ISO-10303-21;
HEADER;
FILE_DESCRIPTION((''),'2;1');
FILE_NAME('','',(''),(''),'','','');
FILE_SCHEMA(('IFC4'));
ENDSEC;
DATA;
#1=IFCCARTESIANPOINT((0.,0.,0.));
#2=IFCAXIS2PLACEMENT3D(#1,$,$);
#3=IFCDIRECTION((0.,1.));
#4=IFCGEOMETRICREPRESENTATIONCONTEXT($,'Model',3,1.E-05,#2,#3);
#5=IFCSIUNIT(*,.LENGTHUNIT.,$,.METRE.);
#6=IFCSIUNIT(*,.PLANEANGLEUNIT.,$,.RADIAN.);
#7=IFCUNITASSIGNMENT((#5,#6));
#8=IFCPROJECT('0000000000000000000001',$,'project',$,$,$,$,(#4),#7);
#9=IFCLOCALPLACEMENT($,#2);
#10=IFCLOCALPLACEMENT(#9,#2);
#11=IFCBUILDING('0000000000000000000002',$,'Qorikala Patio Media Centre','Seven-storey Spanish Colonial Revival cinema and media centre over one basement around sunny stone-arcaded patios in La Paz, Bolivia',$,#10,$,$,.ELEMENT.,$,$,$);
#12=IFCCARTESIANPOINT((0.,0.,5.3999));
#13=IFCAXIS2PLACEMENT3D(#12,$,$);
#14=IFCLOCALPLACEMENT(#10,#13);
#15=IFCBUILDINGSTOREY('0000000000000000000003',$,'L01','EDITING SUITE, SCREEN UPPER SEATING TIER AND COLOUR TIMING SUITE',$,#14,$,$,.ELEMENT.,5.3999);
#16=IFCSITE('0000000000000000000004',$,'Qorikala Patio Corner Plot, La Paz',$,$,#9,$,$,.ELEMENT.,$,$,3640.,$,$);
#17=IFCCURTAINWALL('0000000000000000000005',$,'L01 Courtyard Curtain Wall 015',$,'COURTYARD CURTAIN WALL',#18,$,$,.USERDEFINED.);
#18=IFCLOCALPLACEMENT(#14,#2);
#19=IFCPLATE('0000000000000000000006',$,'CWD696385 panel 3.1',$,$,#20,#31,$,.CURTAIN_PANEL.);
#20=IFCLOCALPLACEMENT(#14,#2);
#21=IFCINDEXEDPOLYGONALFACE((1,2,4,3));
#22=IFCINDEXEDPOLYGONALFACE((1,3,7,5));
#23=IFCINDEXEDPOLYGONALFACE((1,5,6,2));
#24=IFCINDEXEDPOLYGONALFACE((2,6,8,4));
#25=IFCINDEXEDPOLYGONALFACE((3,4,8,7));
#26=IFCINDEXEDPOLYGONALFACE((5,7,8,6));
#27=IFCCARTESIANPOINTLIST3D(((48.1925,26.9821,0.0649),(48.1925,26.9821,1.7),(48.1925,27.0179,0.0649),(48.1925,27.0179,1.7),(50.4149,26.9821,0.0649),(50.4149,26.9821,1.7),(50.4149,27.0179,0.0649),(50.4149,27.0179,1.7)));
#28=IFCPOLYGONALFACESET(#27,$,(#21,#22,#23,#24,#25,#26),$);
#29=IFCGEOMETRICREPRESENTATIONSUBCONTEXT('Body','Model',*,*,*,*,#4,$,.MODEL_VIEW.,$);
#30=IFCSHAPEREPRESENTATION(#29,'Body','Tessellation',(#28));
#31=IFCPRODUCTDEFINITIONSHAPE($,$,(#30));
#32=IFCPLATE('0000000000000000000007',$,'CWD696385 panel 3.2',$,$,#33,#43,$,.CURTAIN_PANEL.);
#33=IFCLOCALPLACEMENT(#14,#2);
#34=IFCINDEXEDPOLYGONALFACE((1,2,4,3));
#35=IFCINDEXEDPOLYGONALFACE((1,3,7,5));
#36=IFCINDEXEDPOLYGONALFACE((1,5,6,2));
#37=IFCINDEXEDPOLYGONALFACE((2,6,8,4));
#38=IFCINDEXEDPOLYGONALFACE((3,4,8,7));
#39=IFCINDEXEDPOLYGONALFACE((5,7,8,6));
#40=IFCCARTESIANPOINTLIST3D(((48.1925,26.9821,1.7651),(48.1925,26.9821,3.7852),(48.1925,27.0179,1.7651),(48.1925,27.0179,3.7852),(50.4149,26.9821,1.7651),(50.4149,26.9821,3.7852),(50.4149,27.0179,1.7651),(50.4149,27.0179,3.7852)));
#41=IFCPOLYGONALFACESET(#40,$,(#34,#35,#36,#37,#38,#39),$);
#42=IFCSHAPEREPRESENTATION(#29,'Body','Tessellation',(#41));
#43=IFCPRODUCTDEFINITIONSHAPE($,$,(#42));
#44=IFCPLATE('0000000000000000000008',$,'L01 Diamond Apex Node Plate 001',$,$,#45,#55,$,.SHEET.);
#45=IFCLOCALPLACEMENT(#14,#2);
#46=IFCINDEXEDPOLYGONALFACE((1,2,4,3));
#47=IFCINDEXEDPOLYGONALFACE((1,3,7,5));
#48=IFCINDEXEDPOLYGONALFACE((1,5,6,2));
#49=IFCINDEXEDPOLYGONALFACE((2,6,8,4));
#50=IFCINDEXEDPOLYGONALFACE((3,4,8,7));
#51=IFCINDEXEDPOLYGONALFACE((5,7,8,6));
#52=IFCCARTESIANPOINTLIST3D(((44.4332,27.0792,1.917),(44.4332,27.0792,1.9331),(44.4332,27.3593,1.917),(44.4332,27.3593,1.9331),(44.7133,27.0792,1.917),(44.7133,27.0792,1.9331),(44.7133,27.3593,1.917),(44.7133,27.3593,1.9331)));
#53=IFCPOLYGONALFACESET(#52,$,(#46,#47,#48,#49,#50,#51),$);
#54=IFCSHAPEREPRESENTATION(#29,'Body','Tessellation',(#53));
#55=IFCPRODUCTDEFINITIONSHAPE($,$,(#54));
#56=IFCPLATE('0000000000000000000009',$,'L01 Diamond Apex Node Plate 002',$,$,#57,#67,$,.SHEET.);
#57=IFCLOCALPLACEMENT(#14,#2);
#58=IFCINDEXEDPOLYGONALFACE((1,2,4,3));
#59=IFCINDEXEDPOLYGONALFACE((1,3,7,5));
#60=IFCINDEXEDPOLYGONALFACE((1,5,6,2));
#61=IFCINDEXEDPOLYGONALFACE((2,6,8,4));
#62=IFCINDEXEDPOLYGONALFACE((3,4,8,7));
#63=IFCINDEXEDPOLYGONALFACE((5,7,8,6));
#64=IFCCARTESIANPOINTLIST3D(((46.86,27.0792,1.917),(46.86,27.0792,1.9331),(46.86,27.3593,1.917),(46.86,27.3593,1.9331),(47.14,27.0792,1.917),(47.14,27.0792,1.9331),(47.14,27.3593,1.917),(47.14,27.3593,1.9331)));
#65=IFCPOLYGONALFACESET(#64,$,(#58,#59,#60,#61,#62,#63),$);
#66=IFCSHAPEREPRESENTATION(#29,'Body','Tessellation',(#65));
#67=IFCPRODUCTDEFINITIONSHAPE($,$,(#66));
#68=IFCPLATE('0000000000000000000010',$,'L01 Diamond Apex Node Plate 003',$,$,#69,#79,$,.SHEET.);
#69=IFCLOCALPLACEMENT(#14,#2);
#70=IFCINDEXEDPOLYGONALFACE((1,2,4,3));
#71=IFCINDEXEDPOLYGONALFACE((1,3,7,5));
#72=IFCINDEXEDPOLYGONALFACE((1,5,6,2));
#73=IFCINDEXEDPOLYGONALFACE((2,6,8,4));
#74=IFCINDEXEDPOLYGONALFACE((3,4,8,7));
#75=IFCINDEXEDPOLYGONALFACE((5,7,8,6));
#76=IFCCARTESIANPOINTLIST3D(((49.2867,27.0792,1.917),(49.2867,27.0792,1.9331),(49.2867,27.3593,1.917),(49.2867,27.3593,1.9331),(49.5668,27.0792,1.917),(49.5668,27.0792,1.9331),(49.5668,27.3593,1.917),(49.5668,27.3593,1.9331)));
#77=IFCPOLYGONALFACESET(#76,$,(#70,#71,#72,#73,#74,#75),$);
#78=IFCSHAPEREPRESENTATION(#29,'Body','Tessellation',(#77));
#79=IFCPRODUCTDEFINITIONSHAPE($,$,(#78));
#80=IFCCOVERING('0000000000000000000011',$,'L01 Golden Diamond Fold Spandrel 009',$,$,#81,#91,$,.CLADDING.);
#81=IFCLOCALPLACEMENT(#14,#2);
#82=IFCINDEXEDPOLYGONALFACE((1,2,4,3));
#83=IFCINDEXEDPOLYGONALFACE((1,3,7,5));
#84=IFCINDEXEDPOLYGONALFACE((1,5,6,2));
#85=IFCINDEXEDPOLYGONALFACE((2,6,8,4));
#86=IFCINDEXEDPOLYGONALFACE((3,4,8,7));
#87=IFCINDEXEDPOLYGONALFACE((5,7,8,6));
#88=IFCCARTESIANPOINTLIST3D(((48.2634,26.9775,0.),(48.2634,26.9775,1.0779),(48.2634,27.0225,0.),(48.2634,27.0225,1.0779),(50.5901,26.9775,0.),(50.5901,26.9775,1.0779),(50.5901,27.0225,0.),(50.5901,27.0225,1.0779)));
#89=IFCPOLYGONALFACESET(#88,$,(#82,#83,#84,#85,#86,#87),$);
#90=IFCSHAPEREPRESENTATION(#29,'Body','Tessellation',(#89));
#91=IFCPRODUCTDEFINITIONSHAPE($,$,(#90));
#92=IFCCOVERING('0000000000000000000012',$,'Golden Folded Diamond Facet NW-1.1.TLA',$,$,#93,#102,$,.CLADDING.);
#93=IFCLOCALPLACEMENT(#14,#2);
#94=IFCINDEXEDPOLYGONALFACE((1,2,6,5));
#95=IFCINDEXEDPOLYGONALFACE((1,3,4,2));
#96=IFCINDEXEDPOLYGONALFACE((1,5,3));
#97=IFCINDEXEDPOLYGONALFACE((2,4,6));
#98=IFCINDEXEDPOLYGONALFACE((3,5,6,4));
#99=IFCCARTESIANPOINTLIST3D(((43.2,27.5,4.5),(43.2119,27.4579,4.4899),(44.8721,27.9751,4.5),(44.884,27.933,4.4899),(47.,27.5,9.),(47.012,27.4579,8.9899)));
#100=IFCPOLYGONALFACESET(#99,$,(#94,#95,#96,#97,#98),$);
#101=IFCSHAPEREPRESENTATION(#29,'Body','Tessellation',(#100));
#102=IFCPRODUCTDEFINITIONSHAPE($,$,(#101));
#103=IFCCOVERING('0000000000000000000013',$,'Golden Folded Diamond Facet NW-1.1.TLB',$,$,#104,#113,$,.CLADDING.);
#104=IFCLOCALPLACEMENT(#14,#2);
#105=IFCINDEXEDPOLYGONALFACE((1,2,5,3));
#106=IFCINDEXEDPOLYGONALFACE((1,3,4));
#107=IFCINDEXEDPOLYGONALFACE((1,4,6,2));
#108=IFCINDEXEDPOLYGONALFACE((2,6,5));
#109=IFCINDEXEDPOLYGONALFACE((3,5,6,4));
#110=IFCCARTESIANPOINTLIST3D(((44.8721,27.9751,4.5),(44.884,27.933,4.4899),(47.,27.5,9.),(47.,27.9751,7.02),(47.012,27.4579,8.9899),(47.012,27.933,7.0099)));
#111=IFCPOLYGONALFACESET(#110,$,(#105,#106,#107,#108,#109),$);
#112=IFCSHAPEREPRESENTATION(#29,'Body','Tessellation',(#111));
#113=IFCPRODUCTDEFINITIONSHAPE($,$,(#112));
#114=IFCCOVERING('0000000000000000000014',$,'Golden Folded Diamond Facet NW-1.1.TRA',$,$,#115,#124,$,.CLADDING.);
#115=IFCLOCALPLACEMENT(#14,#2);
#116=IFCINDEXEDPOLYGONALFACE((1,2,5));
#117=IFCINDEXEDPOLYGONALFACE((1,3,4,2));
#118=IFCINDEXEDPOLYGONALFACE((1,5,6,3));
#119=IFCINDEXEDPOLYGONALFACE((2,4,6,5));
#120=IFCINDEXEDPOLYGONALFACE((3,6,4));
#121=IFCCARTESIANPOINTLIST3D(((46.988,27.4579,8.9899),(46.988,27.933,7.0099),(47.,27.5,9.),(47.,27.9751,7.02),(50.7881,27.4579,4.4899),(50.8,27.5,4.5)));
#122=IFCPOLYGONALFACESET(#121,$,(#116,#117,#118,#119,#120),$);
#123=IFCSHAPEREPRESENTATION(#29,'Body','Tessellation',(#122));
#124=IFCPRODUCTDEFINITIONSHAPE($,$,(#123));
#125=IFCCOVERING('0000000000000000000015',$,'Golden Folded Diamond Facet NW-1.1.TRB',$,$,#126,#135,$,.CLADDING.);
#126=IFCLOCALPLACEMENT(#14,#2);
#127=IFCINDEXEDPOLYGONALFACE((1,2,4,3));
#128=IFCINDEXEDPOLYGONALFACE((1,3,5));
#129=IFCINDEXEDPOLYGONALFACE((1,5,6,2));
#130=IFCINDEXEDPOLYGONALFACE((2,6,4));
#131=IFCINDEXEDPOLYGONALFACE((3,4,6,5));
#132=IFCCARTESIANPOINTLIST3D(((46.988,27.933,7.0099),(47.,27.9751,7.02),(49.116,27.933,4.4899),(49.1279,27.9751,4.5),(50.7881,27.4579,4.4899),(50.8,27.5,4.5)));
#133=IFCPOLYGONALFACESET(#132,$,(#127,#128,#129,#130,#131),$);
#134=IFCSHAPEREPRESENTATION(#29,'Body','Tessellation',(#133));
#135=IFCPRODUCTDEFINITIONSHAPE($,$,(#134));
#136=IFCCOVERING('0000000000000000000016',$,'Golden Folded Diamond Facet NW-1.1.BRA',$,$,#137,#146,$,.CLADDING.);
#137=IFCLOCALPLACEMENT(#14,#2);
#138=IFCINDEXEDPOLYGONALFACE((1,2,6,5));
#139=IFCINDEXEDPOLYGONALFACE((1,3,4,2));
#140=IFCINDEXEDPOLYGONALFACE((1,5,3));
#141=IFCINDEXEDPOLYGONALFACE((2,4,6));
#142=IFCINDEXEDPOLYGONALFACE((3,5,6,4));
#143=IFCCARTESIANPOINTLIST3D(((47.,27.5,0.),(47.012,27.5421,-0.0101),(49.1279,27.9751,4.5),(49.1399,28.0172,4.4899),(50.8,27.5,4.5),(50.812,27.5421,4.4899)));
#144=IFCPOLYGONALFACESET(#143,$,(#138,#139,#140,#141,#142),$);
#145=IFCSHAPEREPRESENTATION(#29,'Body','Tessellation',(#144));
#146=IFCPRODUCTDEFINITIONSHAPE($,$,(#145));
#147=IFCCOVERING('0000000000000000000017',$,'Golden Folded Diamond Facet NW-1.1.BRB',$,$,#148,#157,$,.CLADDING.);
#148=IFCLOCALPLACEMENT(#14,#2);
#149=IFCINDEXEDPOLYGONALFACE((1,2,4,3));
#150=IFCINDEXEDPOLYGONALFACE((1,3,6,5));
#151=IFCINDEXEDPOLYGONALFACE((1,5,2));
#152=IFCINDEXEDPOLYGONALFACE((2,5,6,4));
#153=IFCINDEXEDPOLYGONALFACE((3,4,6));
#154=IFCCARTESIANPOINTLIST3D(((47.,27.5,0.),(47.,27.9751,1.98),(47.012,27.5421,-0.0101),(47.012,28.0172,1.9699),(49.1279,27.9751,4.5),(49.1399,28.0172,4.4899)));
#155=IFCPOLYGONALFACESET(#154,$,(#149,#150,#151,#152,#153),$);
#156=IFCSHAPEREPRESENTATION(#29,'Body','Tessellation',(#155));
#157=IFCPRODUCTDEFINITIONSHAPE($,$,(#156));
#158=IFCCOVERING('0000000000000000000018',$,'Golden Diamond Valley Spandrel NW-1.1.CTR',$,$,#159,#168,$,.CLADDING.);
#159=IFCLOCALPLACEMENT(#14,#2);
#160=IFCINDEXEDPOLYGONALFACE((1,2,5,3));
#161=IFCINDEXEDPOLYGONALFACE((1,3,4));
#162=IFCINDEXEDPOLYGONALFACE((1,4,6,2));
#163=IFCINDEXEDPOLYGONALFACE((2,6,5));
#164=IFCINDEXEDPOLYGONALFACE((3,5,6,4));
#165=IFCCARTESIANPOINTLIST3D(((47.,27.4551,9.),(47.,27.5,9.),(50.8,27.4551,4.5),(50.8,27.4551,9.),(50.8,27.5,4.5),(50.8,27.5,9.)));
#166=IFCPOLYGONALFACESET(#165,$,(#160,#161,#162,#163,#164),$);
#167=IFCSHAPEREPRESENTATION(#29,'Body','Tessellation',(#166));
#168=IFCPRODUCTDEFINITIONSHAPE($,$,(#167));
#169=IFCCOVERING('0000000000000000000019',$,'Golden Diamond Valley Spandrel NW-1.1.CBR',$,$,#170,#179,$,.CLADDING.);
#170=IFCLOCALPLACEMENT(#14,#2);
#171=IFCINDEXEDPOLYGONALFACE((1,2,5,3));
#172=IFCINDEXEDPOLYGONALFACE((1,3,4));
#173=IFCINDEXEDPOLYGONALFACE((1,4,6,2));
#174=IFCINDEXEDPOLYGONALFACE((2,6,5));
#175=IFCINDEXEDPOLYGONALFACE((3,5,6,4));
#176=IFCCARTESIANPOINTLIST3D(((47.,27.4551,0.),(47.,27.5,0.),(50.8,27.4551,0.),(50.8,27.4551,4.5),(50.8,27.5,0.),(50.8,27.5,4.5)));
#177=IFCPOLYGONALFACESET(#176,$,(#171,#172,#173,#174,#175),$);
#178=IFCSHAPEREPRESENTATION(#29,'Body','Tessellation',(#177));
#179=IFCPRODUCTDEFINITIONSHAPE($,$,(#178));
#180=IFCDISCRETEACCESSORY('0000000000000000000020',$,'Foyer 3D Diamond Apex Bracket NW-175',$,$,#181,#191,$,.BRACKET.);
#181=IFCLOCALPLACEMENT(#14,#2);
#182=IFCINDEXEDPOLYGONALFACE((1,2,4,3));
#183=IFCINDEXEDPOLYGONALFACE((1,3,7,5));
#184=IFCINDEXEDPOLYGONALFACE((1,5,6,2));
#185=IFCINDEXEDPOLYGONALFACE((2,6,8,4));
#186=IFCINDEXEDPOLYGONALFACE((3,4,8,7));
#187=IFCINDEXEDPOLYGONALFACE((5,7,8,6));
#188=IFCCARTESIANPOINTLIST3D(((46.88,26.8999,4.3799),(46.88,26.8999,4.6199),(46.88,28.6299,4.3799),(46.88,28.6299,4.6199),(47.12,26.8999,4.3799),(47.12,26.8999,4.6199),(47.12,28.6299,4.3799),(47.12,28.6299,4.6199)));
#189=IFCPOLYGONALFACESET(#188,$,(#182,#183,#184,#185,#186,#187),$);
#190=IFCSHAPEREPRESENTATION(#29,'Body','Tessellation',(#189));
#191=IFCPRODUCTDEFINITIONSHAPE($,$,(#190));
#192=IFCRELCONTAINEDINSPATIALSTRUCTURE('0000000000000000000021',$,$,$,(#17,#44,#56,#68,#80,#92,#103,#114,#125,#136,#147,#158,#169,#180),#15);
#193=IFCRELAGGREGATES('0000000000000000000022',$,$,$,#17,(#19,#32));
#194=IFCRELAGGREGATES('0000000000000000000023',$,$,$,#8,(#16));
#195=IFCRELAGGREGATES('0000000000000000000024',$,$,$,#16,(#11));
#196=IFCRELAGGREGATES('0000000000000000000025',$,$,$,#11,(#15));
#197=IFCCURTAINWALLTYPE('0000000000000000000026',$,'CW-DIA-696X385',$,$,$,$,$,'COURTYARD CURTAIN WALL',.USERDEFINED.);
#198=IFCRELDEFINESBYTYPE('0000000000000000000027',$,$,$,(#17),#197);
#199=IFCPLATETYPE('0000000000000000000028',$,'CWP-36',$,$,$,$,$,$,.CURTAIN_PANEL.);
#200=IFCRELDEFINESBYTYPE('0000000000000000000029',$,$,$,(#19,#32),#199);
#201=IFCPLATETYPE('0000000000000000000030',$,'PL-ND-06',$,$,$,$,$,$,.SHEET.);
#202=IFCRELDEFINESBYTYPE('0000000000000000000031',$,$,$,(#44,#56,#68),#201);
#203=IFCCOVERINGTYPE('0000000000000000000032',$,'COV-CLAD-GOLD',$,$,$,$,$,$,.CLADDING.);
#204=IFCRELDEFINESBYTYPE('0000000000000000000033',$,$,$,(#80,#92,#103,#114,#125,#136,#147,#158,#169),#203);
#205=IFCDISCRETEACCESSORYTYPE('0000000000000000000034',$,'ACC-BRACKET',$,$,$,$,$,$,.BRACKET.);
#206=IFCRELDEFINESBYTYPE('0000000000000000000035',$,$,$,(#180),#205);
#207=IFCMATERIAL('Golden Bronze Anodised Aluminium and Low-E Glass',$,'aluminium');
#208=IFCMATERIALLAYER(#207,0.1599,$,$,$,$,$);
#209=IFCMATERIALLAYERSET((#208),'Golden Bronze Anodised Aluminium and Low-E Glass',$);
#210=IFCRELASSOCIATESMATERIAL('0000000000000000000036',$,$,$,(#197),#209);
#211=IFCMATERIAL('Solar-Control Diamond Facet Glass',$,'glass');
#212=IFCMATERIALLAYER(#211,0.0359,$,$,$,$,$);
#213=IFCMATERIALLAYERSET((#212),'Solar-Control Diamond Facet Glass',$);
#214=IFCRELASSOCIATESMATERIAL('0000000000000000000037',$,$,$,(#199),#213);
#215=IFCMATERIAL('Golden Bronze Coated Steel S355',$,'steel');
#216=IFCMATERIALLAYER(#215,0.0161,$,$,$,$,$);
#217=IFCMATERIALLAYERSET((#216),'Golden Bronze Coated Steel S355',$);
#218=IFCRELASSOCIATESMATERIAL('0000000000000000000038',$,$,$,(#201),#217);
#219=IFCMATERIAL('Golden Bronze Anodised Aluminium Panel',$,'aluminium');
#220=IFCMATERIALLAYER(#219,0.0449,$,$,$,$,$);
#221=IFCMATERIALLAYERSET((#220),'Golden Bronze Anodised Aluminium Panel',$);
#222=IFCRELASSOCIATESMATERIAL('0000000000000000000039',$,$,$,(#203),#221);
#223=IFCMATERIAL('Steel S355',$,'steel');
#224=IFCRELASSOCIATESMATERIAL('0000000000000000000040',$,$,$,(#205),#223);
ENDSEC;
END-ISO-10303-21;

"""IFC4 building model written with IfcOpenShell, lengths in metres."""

from ifc_helpers import new_model, si_unit, direction, frame, origin, origin_2d, place, context, subcontext, project, spatial, polyline, rectangle, outline, extrude, material, layer, layer_set, type_object, element, aggregate, save


model = new_model("IFC4")

# Units and contexts
model_context = context("Model", 3, precision=1e-05, world=origin(), true_north=direction((0.0, 1.0)))
body_context = subcontext(model_context, "Body", "Model", "MODEL_VIEW")
ifc_project = project(units=[si_unit("LENGTHUNIT", "METRE"), si_unit("PLANEANGLEUNIT", "RADIAN")], contexts=[model_context])

# Site, building, storey
site_placement = place(None, origin())
site = spatial("IfcSite", under=ifc_project, at=site_placement, Name="Qorikala Patio Corner Plot, La Paz", CompositionType="ELEMENT", RefElevation=3640.0)
building_placement = place(site_placement, origin())
building = spatial("IfcBuilding", under=site, at=building_placement, Name="Qorikala Patio Media Centre", Description="Seven-storey Spanish Colonial Revival cinema and media centre over one basement around sunny stone-arcaded patios in La Paz, Bolivia", CompositionType="ELEMENT")
storey_placement = place(building_placement, frame((0.0, 0.0, 5.3999)))
storey = spatial("IfcBuildingStorey", under=building, at=storey_placement, Name="L01", Description="EDITING SUITE, SCREEN UPPER SEATING TIER AND COLOUR TIMING SUITE", CompositionType="ELEMENT", Elevation=5.3999)

# Curtain wall
ifc_material_1 = material(Name="Golden Bronze Anodised Aluminium and Low-E Glass", Category="aluminium")
ifc_layer_1 = layer(ifc_material_1, 0.1599)
ifc_layer_set_1 = layer_set([ifc_layer_1], Name="Golden Bronze Anodised Aluminium and Low-E Glass")
curtain_wall_type_1 = type_object("IfcCurtainWallType", Name="CW-DIA-696X385", ElementType="COURTYARD CURTAIN WALL", PredefinedType="USERDEFINED", material=ifc_layer_set_1)
curtain_wall_1_placement = place(storey_placement, origin())
curtain_wall_1 = element("IfcCurtainWall", 1, at=curtain_wall_1_placement, inside=storey, type_object=curtain_wall_type_1, Name="L01 Courtyard Curtain Wall 015", ObjectType="COURTYARD CURTAIN WALL", PredefinedType="USERDEFINED")

# Shared definitions
ifc_material_2 = material(Name="Steel S355", Category="steel")

# Shared definitions
ifc_material_3 = material(Name="Golden Bronze Coated Steel S355", Category="steel")

# Plates
ifc_material_4 = material(Name="Solar-Control Diamond Facet Glass", Category="glass")
ifc_layer_2 = layer(ifc_material_4, 0.0359)
ifc_layer_set_2 = layer_set([ifc_layer_2], Name="Solar-Control Diamond Facet Glass")
plate_type_1 = type_object("IfcPlateType", Name="CWP-36", PredefinedType="CURTAIN_PANEL", material=ifc_layer_set_2)
plate_1_placement = place(storey_placement, frame((49.3037, 27.0, 0.0649), z_axis=(0.0, 0.0, 1.0), x_axis=(1.0, 0.0, 0.0)))
plate_1 = element("IfcPlate", 2, at=plate_1_placement, type_object=plate_type_1, Name="CWD696385 panel 3.1", PredefinedType="CURTAIN_PANEL", context=body_context, shape_type="SweptSolid", body=[
    extrude(rectangle(XDim=2.2224, YDim=0.0359, at=origin_2d()), origin(), (0.0, 0.0, 1.0), 1.635),
])
plate_2_placement = place(storey_placement, frame((49.3037, 27.0, 1.7651), z_axis=(0.0, 0.0, 1.0), x_axis=(1.0, 0.0, 0.0)))
plate_2 = element("IfcPlate", 3, at=plate_2_placement, type_object=plate_type_1, Name="CWD696385 panel 3.2", PredefinedType="CURTAIN_PANEL", context=body_context, shape_type="SweptSolid", body=[
    extrude(rectangle(XDim=2.2224, YDim=0.0359, at=origin_2d()), origin(), (0.0, 0.0, 1.0), 2.02),
])
aggregate(curtain_wall_1, [plate_1, plate_2])

# Plates
ifc_layer_3 = layer(ifc_material_3, 0.0161)
ifc_layer_set_3 = layer_set([ifc_layer_3], Name="Golden Bronze Coated Steel S355")
plate_type_2 = type_object("IfcPlateType", Name="PL-ND-06", PredefinedType="SHEET", material=ifc_layer_set_3)
for number, where, z_axis, x_axis, name in (
    (4, (44.5732, 27.2192, 1.917), (0.0, 0.0, 1.0), (1.0, 0.0, 0.0), "L01 Diamond Apex Node Plate 001"),
    (5, (47.0, 27.2192, 1.917), (0.0, 0.0, 1.0), (1.0, 0.0, 0.0), "L01 Diamond Apex Node Plate 002"),
    (6, (49.4268, 27.2192, 1.917), (0.0, 0.0, 1.0), (1.0, 0.0, 0.0), "L01 Diamond Apex Node Plate 003"),
):
    element("IfcPlate", number, at=place(storey_placement, frame(where, z_axis=z_axis, x_axis=x_axis)), inside=storey, type_object=plate_type_2, Name=name, PredefinedType="SHEET", context=body_context, shape_type="SweptSolid", body=[
        extrude(rectangle(XDim=0.28, YDim=0.28, at=origin_2d()), origin(), (0.0, 0.0, 1.0), 0.0161),
    ])

# Coverings
ifc_material_5 = material(Name="Golden Bronze Anodised Aluminium Panel", Category="aluminium")
ifc_layer_4 = layer(ifc_material_5, 0.0449)
ifc_layer_set_4 = layer_set([ifc_layer_4], Name="Golden Bronze Anodised Aluminium Panel")
covering_type = type_object("IfcCoveringType", Name="COV-CLAD-GOLD", PredefinedType="CLADDING", material=ifc_layer_set_4)
covering_1_placement = place(storey_placement, frame((49.4268, 27.0, 0.0), z_axis=(0.0, 0.0, 1.0), x_axis=(1.0, 0.0, 0.0)))
element("IfcCovering", 7, at=covering_1_placement, inside=storey, type_object=covering_type, Name="L01 Golden Diamond Fold Spandrel 009", PredefinedType="CLADDING", context=body_context, shape_type="SweptSolid", body=[
    extrude(rectangle(XDim=2.3267, YDim=0.0449, at=origin_2d()), origin(), (0.0, 0.0, 1.0), 1.0779),
])
covering_2_placement = place(storey_placement, frame((47.0, 27.5, 9.0), z_axis=(-0.26631, 0.937286, 0.224887), x_axis=(-0.645186, 0.0, -0.764026)))
element("IfcCovering", 8, at=covering_2_placement, inside=storey, type_object=covering_type, Name="Golden Folded Diamond Facet NW-1.1.TLA", PredefinedType="CLADDING", context=body_context, shape_type="SweptSolid", body=[
    extrude(outline(polyline([(0.0, 0.0), (5.8899, 0.0), (4.811, -1.363), (0.0, 0.0)])), origin(), (0.0, 0.0, -1.0), 0.0449),
])
covering_3_placement = place(storey_placement, frame((47.0, 27.5, 9.0), z_axis=(-0.266339, 0.937274, 0.2249), x_axis=(-0.425554, 0.095012, -0.899932)))
element("IfcCovering", 9, at=covering_3_placement, inside=storey, type_object=covering_type, Name="Golden Folded Diamond Facet NW-1.1.TLB", PredefinedType="CLADDING", context=body_context, shape_type="SweptSolid", body=[
    extrude(outline(polyline([(0.0, 0.0), (5.0004, 0.0), (1.827, -0.899), (0.0, 0.0)])), origin(), (0.0, 0.0, -1.0), 0.0449),
])
covering_4_placement = place(storey_placement, frame((50.8, 27.5, 4.5), z_axis=(0.266326, 0.937278, 0.224901), x_axis=(-0.645186, 0.0, 0.764026)))
element("IfcCovering", 10, at=covering_4_placement, inside=storey, type_object=covering_type, Name="Golden Folded Diamond Facet NW-1.1.TRA", PredefinedType="CLADDING", context=body_context, shape_type="SweptSolid", body=[
    extrude(outline(polyline([(0.0, 0.0), (5.8899, 0.0), (4.3771, -1.3629), (0.0, 0.0)])), origin(), (0.0, 0.0, -1.0), 0.0449),
])
covering_5_placement = place(storey_placement, frame((50.8, 27.5, 4.5), z_axis=(0.266311, 0.937288, 0.224876), x_axis=(-0.828911, 0.103634, 0.549696)))
element("IfcCovering", 11, at=covering_5_placement, inside=storey, type_object=covering_type, Name="Golden Folded Diamond Facet NW-1.1.TRB", PredefinedType="CLADDING", context=body_context, shape_type="SweptSolid", body=[
    extrude(outline(polyline([(0.0, 0.0), (4.5844, 0.0), (1.4353, -0.9807), (0.0, 0.0)])), origin(), (0.0, 0.0, -1.0), 0.0449),
])
covering_6_placement = place(storey_placement, frame((47.0, 27.5, 0.0), z_axis=(-0.26631, -0.937286, 0.224887), x_axis=(0.645186, 0.0, 0.764026)))
element("IfcCovering", 12, at=covering_6_placement, inside=storey, type_object=covering_type, Name="Golden Folded Diamond Facet NW-1.1.BRA", PredefinedType="CLADDING", context=body_context, shape_type="SweptSolid", body=[
    extrude(outline(polyline([(0.0, 0.0), (5.8899, 0.0), (4.811, 1.363), (0.0, 0.0)])), origin(), (0.0, 0.0, -1.0), 0.0449),
])
covering_7_placement = place(storey_placement, frame((47.0, 27.5, 0.0), z_axis=(-0.266339, -0.937274, 0.2249), x_axis=(0.425554, 0.095012, 0.899932)))
element("IfcCovering", 13, at=covering_7_placement, inside=storey, type_object=covering_type, Name="Golden Folded Diamond Facet NW-1.1.BRB", PredefinedType="CLADDING", context=body_context, shape_type="SweptSolid", body=[
    extrude(outline(polyline([(0.0, 0.0), (5.0004, 0.0), (1.827, 0.899), (0.0, 0.0)])), origin(), (0.0, 0.0, -1.0), 0.0449),
])
covering_8_placement = place(storey_placement, frame((50.8, 27.5, 9.0), z_axis=(0.0, 1.0, 0.0), x_axis=(0.0, 0.0, -1.0)))
element("IfcCovering", 14, at=covering_8_placement, inside=storey, type_object=covering_type, Name="Golden Diamond Valley Spandrel NW-1.1.CTR", PredefinedType="CLADDING", context=body_context, shape_type="SweptSolid", body=[
    extrude(outline(polyline([(0.0, 0.0), (4.5, 0.0), (0.0, 3.8), (0.0, 0.0)])), origin(), (0.0, 0.0, -1.0), 0.0449),
])
covering_9_placement = place(storey_placement, frame((50.8, 27.5, 0.0), z_axis=(0.0, 1.0, 0.0), x_axis=(-1.0, 0.0, 0.0)))
element("IfcCovering", 15, at=covering_9_placement, inside=storey, type_object=covering_type, Name="Golden Diamond Valley Spandrel NW-1.1.CBR", PredefinedType="CLADDING", context=body_context, shape_type="SweptSolid", body=[
    extrude(outline(polyline([(0.0, 0.0), (3.8, 0.0), (0.0, 4.5), (0.0, 0.0)])), origin(), (0.0, 0.0, -1.0), 0.0449),
])

# Discrete accessory
discrete_accessory_type = type_object("IfcDiscreteAccessoryType", Name="ACC-BRACKET", PredefinedType="BRACKET", material=ifc_material_2)
discrete_accessory_placement = place(storey_placement, frame((47.0, 27.7649, 4.3799), z_axis=(0.0, 0.0, 1.0), x_axis=(1.0, 0.0, 0.0)))
element("IfcDiscreteAccessory", 16, at=discrete_accessory_placement, inside=storey, type_object=discrete_accessory_type, Name="Foyer 3D Diamond Apex Bracket NW-175", PredefinedType="BRACKET", context=body_context, shape_type="SweptSolid", body=[
    extrude(rectangle(XDim=0.24, YDim=1.73, at=origin_2d()), origin(), (0.0, 0.0, 1.0), 0.24),
])

save(model, "model.ifc")
